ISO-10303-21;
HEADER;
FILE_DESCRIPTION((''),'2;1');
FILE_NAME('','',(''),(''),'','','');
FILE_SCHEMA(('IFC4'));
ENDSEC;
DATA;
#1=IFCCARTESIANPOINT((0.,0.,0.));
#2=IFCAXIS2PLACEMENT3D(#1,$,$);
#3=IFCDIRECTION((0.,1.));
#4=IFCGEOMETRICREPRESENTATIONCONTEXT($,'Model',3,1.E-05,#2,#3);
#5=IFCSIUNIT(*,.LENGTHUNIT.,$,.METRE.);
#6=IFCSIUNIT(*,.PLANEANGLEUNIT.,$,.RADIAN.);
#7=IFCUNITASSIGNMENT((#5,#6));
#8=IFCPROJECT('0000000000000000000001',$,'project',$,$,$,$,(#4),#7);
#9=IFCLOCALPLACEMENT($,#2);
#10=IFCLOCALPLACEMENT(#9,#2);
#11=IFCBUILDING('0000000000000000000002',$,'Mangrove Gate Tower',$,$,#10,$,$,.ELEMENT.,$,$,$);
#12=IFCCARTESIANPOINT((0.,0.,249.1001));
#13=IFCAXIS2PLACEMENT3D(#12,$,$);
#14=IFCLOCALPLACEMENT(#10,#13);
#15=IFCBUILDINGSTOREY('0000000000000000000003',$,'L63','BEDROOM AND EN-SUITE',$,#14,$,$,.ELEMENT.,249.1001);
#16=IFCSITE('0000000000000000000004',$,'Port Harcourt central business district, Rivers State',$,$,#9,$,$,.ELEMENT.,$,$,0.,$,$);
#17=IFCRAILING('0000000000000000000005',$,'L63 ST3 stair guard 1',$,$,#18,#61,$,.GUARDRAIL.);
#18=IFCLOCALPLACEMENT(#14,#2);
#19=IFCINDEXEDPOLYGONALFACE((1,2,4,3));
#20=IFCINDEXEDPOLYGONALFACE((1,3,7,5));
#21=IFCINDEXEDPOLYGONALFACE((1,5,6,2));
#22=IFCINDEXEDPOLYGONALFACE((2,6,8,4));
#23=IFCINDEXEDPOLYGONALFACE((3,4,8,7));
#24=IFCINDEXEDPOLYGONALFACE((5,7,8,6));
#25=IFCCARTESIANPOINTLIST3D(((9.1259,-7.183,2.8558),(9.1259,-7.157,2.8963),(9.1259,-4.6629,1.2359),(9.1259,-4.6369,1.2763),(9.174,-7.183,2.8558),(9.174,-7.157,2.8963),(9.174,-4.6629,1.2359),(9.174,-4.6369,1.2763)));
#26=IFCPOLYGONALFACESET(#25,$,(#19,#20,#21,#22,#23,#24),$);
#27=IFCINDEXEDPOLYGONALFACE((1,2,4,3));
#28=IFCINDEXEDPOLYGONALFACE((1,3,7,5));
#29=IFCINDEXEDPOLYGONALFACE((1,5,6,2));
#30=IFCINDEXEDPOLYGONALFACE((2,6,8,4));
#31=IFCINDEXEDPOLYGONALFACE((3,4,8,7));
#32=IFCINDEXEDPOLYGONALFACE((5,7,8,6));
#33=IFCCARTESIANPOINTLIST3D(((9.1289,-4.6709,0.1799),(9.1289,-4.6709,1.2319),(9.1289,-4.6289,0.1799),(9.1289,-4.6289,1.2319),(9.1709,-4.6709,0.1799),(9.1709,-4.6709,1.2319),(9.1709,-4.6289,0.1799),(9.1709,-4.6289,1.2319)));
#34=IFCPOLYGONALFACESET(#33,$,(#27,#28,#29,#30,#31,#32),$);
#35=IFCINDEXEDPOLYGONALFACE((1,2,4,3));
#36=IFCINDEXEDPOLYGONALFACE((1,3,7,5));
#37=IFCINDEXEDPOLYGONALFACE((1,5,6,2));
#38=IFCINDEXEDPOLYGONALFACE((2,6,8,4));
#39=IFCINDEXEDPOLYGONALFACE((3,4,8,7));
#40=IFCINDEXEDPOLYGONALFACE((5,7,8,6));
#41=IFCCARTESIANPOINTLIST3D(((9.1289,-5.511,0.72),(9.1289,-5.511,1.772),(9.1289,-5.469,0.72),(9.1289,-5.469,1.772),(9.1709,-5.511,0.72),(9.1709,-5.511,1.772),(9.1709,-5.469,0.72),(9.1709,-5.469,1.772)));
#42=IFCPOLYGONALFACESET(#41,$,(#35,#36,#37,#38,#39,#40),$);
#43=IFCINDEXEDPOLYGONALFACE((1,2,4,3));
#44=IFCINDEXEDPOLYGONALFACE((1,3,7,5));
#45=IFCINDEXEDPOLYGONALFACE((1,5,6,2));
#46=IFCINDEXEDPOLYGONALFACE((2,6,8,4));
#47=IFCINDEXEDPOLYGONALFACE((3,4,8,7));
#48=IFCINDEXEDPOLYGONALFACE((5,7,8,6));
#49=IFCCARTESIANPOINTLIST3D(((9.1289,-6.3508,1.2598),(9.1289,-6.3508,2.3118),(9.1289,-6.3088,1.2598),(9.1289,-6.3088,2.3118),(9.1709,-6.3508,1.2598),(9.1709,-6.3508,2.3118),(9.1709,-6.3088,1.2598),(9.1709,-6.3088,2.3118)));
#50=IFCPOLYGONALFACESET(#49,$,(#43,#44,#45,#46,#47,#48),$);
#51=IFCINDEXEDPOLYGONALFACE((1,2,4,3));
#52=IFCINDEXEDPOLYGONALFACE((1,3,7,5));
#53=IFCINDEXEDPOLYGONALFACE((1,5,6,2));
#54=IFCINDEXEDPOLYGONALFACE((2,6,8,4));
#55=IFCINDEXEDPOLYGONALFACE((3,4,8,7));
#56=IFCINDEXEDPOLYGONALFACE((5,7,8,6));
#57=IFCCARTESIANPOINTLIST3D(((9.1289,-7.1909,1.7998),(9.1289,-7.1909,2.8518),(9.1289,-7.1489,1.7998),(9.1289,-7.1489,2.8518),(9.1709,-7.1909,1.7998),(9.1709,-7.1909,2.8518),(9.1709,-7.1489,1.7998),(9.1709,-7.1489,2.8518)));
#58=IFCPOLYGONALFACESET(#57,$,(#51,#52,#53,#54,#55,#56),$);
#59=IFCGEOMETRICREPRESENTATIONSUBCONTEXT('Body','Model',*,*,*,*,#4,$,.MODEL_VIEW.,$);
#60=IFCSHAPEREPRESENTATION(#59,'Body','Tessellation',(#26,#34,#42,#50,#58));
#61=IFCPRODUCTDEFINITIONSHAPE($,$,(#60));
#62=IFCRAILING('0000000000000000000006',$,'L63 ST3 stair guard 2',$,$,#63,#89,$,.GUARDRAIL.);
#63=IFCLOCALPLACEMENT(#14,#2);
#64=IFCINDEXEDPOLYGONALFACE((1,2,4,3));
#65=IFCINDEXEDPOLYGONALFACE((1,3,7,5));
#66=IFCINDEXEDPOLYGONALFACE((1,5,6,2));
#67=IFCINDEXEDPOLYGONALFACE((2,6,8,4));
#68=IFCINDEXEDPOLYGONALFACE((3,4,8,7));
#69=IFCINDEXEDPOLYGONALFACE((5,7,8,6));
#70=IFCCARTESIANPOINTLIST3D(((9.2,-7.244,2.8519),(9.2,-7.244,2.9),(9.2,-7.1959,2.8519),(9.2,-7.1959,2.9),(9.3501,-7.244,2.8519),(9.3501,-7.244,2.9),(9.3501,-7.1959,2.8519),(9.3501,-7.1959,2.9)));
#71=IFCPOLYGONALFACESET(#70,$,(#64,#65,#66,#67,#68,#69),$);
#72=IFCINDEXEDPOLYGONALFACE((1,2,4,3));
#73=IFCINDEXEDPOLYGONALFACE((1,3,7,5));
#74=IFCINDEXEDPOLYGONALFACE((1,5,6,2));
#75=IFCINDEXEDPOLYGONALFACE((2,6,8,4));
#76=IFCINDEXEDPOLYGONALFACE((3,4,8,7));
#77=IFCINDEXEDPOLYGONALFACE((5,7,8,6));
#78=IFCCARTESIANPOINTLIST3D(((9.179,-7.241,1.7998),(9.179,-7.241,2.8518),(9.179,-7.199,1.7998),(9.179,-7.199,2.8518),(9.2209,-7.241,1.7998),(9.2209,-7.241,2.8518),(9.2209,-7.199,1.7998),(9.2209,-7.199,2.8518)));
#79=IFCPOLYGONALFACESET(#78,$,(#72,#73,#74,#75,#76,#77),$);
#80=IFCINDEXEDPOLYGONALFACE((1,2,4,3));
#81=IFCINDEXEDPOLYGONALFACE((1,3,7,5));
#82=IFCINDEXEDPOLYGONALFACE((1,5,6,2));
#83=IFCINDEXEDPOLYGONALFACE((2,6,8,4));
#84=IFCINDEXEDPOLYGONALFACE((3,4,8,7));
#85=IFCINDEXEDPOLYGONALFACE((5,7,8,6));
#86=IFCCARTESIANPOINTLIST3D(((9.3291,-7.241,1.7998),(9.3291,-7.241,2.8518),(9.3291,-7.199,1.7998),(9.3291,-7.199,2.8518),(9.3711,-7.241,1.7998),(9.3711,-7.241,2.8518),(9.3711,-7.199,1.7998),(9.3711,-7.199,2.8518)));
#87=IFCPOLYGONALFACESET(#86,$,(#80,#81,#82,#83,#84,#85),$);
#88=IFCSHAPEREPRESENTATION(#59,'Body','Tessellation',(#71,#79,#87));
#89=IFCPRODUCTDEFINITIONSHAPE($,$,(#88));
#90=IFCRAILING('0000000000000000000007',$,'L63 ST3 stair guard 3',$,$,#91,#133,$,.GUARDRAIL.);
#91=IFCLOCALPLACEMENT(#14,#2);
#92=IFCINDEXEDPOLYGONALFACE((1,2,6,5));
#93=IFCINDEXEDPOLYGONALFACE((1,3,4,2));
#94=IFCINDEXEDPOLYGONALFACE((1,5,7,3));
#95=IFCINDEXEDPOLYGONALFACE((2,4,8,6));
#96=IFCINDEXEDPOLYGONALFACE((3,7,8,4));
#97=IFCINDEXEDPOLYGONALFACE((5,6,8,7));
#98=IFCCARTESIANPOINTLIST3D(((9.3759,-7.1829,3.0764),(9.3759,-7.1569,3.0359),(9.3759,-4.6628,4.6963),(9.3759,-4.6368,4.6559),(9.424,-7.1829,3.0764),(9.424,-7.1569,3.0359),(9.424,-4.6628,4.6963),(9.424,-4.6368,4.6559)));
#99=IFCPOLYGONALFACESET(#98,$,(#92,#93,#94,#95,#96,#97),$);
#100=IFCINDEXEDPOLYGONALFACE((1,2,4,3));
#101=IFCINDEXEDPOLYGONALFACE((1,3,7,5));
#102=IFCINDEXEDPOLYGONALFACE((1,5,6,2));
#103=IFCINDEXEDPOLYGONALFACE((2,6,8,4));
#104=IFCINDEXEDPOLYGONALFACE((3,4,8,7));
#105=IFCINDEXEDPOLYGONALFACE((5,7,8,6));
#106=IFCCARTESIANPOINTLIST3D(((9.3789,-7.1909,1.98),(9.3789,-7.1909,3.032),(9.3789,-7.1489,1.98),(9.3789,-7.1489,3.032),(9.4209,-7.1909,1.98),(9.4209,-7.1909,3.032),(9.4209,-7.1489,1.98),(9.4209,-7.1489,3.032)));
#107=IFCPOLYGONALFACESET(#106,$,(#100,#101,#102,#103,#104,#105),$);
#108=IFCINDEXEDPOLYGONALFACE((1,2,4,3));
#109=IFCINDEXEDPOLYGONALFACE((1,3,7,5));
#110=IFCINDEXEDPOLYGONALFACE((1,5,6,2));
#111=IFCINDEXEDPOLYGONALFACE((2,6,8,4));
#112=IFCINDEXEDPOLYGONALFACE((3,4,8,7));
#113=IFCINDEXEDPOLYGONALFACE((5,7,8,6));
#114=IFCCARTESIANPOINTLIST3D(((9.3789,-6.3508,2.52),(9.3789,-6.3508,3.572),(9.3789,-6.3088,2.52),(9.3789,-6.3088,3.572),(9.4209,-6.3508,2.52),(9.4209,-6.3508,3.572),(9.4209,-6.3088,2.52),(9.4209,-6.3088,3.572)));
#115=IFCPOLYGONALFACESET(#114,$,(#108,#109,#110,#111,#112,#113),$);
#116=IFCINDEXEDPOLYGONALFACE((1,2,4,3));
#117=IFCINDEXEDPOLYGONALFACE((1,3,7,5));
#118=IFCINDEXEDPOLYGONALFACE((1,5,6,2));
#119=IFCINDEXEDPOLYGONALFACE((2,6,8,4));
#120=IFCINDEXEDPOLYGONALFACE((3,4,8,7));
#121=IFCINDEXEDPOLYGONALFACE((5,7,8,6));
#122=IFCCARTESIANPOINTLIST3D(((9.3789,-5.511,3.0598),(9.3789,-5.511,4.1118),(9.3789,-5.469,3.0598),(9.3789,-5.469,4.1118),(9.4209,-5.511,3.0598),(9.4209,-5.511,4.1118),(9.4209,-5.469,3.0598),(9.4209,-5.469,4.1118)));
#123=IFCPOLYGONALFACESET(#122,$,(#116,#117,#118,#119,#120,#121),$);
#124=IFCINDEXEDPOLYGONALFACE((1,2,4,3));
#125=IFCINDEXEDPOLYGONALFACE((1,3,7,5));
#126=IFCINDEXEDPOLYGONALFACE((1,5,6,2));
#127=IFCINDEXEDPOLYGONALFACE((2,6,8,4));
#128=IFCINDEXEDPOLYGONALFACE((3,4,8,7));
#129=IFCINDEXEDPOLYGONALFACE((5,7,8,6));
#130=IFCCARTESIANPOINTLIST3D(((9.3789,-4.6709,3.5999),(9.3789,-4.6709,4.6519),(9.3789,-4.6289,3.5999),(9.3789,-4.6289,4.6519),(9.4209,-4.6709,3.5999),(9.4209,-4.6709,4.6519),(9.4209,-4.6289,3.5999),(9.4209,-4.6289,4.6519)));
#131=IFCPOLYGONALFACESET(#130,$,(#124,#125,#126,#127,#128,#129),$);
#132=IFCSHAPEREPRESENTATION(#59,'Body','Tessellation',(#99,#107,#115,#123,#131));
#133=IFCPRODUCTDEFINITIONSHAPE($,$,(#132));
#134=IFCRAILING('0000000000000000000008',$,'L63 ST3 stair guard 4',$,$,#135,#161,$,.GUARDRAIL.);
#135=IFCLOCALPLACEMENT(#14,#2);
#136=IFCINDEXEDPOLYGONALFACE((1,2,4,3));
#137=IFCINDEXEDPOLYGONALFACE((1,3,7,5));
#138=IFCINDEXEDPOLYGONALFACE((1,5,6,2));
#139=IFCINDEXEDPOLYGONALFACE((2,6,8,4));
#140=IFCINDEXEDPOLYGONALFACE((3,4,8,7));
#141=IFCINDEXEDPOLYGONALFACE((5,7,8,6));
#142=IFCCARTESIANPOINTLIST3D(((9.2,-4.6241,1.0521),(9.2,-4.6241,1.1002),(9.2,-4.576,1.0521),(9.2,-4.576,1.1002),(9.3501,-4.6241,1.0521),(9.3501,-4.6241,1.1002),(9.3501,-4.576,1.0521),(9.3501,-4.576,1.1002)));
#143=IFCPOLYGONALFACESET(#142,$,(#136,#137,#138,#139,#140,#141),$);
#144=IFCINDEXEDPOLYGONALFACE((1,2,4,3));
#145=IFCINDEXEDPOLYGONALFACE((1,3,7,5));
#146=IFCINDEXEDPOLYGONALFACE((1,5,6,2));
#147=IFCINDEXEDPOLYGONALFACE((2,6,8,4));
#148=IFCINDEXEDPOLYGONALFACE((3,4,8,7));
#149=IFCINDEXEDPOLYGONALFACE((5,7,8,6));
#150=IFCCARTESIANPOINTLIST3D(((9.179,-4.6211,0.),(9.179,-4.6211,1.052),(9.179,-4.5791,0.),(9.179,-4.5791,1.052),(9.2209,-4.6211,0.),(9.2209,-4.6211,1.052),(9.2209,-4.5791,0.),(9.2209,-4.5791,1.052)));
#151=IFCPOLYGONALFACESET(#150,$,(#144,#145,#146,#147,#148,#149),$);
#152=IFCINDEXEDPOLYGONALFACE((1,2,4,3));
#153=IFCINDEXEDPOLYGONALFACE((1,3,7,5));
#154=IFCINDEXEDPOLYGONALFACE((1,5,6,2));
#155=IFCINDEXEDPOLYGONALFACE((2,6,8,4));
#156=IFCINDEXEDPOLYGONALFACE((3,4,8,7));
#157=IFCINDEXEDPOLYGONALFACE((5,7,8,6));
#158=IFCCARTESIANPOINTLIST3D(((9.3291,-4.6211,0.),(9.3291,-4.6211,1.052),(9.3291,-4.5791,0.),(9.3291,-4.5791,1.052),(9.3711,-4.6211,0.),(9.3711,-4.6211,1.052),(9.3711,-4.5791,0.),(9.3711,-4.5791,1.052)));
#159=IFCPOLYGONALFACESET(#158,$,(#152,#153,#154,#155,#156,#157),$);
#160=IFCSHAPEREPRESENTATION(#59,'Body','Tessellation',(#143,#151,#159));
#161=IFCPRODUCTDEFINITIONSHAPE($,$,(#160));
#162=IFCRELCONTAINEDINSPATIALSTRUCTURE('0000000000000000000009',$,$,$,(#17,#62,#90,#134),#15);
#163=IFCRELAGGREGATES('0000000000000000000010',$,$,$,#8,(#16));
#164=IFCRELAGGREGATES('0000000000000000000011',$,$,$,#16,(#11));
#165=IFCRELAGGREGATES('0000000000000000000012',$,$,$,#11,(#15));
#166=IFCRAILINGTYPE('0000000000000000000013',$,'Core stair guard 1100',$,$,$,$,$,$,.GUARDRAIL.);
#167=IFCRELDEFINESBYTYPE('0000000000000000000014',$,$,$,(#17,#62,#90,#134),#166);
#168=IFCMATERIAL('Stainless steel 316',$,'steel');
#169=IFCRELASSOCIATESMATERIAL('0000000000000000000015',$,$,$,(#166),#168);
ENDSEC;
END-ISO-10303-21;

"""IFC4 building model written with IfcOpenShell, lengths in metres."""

from ifc_helpers import new_model, si_unit, direction, frame, origin, origin_2d, place, context, subcontext, project, spatial, rectangle, extrude, material, type_object, element, save


model = new_model("IFC4")

# Units and contexts
model_context = context("Model", 3, precision=1e-05, world=origin(), true_north=direction((0.0, 1.0)))
body_context = subcontext(model_context, "Body", "Model", "MODEL_VIEW")
ifc_project = project(units=[si_unit("LENGTHUNIT", "METRE"), si_unit("PLANEANGLEUNIT", "RADIAN")], contexts=[model_context])

# Site, building, storey
site_placement = place(None, origin())
site = spatial("IfcSite", under=ifc_project, at=site_placement, Name="Port Harcourt central business district, Rivers State", CompositionType="ELEMENT", RefElevation=0.0)
building_placement = place(site_placement, origin())
building = spatial("IfcBuilding", under=site, at=building_placement, Name="Mangrove Gate Tower", CompositionType="ELEMENT")
storey_placement = place(building_placement, frame((0.0, 0.0, 249.1001)))
storey = spatial("IfcBuildingStorey", under=building, at=storey_placement, Name="L63", Description="BEDROOM AND EN-SUITE", CompositionType="ELEMENT", Elevation=249.1001)

# Railings
ifc_material_1 = material(Name="Stainless steel 316", Category="steel")
railing_type_1 = type_object("IfcRailingType", Name="Core stair guard 1100", PredefinedType="GUARDRAIL", material=ifc_material_1)
railing_1_placement = place(storey_placement, frame((9.1499, -4.6499, 0.1799)))
element("IfcRailing", 1, at=railing_1_placement, inside=storey, type_object=railing_type_1, Name="L63 ST3 stair guard 1", PredefinedType="GUARDRAIL", context=body_context, shape_type="SweptSolid", body=[
    extrude(rectangle(XDim=0.0481, YDim=0.0481, at=origin_2d()), frame((0.0, 0.0, 1.0762), z_axis=(0.0, -0.8412, 0.540725), x_axis=(1.0, 0.0, 0.0)), (0.0, 0.0, 1.0), 2.9958),
    extrude(rectangle(XDim=0.042, YDim=0.042, at=origin_2d()), origin(), (0.0, 0.0, 1.0), 1.052),
    extrude(rectangle(XDim=0.042, YDim=0.042, at=origin_2d()), frame((0.0, -0.8401, 0.54)), (0.0, 0.0, 1.0), 1.052),
    extrude(rectangle(XDim=0.042, YDim=0.042, at=origin_2d()), frame((0.0, -1.6799, 1.0798)), (0.0, 0.0, 1.0), 1.052),
    extrude(rectangle(XDim=0.042, YDim=0.042, at=origin_2d()), frame((0.0, -2.52, 1.6199)), (0.0, 0.0, 1.0), 1.052),
])
railing_2_placement = place(storey_placement, frame((9.2, -7.22, 1.7998)))
element("IfcRailing", 2, at=railing_2_placement, inside=storey, type_object=railing_type_1, Name="L63 ST3 stair guard 2", PredefinedType="GUARDRAIL", context=body_context, shape_type="SweptSolid", body=[
    extrude(rectangle(XDim=0.0481, YDim=0.0481, at=origin_2d()), frame((0.0, 0.0, 1.0762), z_axis=(1.0, 0.0, 0.0), x_axis=(0.0, 1.0, 0.0)), (0.0, 0.0, 1.0), 0.1501),
    extrude(rectangle(XDim=0.042, YDim=0.042, at=origin_2d()), origin(), (0.0, 0.0, 1.0), 1.052),
    extrude(rectangle(XDim=0.042, YDim=0.042, at=origin_2d()), frame((0.1501, 0.0, 0.0)), (0.0, 0.0, 1.0), 1.052),
])
railing_3_placement = place(storey_placement, frame((9.3999, -7.1699, 1.98)))
element("IfcRailing", 3, at=railing_3_placement, inside=storey, type_object=railing_type_1, Name="L63 ST3 stair guard 3", PredefinedType="GUARDRAIL", context=body_context, shape_type="SweptSolid", body=[
    extrude(rectangle(XDim=0.0481, YDim=0.0481, at=origin_2d()), frame((0.0, 0.0, 1.0762), z_axis=(0.0, 0.8412, 0.540725), x_axis=(-1.0, 0.0, 0.0)), (0.0, 0.0, 1.0), 2.9958),
    extrude(rectangle(XDim=0.042, YDim=0.042, at=origin_2d()), origin(), (0.0, 0.0, 1.0), 1.052),
    extrude(rectangle(XDim=0.042, YDim=0.042, at=origin_2d()), frame((0.0, 0.8401, 0.54)), (0.0, 0.0, 1.0), 1.052),
    extrude(rectangle(XDim=0.042, YDim=0.042, at=origin_2d()), frame((0.0, 1.6799, 1.0798)), (0.0, 0.0, 1.0), 1.052),
    extrude(rectangle(XDim=0.042, YDim=0.042, at=origin_2d()), frame((0.0, 2.52, 1.6199)), (0.0, 0.0, 1.0), 1.052),
])
railing_4_placement = place(storey_placement, frame((9.2, -4.6001, 0.0)))
element("IfcRailing", 4, at=railing_4_placement, inside=storey, type_object=railing_type_1, Name="L63 ST3 stair guard 4", PredefinedType="GUARDRAIL", context=body_context, shape_type="SweptSolid", body=[
    extrude(rectangle(XDim=0.0481, YDim=0.0481, at=origin_2d()), frame((0.0, 0.0, 1.0762), z_axis=(1.0, 0.0, 0.0), x_axis=(0.0, 1.0, 0.0)), (0.0, 0.0, 1.0), 0.1501),
    extrude(rectangle(XDim=0.042, YDim=0.042, at=origin_2d()), origin(), (0.0, 0.0, 1.0), 1.052),
    extrude(rectangle(XDim=0.042, YDim=0.042, at=origin_2d()), frame((0.1501, 0.0, 0.0)), (0.0, 0.0, 1.0), 1.052),
])

save(model, "model.ifc")
